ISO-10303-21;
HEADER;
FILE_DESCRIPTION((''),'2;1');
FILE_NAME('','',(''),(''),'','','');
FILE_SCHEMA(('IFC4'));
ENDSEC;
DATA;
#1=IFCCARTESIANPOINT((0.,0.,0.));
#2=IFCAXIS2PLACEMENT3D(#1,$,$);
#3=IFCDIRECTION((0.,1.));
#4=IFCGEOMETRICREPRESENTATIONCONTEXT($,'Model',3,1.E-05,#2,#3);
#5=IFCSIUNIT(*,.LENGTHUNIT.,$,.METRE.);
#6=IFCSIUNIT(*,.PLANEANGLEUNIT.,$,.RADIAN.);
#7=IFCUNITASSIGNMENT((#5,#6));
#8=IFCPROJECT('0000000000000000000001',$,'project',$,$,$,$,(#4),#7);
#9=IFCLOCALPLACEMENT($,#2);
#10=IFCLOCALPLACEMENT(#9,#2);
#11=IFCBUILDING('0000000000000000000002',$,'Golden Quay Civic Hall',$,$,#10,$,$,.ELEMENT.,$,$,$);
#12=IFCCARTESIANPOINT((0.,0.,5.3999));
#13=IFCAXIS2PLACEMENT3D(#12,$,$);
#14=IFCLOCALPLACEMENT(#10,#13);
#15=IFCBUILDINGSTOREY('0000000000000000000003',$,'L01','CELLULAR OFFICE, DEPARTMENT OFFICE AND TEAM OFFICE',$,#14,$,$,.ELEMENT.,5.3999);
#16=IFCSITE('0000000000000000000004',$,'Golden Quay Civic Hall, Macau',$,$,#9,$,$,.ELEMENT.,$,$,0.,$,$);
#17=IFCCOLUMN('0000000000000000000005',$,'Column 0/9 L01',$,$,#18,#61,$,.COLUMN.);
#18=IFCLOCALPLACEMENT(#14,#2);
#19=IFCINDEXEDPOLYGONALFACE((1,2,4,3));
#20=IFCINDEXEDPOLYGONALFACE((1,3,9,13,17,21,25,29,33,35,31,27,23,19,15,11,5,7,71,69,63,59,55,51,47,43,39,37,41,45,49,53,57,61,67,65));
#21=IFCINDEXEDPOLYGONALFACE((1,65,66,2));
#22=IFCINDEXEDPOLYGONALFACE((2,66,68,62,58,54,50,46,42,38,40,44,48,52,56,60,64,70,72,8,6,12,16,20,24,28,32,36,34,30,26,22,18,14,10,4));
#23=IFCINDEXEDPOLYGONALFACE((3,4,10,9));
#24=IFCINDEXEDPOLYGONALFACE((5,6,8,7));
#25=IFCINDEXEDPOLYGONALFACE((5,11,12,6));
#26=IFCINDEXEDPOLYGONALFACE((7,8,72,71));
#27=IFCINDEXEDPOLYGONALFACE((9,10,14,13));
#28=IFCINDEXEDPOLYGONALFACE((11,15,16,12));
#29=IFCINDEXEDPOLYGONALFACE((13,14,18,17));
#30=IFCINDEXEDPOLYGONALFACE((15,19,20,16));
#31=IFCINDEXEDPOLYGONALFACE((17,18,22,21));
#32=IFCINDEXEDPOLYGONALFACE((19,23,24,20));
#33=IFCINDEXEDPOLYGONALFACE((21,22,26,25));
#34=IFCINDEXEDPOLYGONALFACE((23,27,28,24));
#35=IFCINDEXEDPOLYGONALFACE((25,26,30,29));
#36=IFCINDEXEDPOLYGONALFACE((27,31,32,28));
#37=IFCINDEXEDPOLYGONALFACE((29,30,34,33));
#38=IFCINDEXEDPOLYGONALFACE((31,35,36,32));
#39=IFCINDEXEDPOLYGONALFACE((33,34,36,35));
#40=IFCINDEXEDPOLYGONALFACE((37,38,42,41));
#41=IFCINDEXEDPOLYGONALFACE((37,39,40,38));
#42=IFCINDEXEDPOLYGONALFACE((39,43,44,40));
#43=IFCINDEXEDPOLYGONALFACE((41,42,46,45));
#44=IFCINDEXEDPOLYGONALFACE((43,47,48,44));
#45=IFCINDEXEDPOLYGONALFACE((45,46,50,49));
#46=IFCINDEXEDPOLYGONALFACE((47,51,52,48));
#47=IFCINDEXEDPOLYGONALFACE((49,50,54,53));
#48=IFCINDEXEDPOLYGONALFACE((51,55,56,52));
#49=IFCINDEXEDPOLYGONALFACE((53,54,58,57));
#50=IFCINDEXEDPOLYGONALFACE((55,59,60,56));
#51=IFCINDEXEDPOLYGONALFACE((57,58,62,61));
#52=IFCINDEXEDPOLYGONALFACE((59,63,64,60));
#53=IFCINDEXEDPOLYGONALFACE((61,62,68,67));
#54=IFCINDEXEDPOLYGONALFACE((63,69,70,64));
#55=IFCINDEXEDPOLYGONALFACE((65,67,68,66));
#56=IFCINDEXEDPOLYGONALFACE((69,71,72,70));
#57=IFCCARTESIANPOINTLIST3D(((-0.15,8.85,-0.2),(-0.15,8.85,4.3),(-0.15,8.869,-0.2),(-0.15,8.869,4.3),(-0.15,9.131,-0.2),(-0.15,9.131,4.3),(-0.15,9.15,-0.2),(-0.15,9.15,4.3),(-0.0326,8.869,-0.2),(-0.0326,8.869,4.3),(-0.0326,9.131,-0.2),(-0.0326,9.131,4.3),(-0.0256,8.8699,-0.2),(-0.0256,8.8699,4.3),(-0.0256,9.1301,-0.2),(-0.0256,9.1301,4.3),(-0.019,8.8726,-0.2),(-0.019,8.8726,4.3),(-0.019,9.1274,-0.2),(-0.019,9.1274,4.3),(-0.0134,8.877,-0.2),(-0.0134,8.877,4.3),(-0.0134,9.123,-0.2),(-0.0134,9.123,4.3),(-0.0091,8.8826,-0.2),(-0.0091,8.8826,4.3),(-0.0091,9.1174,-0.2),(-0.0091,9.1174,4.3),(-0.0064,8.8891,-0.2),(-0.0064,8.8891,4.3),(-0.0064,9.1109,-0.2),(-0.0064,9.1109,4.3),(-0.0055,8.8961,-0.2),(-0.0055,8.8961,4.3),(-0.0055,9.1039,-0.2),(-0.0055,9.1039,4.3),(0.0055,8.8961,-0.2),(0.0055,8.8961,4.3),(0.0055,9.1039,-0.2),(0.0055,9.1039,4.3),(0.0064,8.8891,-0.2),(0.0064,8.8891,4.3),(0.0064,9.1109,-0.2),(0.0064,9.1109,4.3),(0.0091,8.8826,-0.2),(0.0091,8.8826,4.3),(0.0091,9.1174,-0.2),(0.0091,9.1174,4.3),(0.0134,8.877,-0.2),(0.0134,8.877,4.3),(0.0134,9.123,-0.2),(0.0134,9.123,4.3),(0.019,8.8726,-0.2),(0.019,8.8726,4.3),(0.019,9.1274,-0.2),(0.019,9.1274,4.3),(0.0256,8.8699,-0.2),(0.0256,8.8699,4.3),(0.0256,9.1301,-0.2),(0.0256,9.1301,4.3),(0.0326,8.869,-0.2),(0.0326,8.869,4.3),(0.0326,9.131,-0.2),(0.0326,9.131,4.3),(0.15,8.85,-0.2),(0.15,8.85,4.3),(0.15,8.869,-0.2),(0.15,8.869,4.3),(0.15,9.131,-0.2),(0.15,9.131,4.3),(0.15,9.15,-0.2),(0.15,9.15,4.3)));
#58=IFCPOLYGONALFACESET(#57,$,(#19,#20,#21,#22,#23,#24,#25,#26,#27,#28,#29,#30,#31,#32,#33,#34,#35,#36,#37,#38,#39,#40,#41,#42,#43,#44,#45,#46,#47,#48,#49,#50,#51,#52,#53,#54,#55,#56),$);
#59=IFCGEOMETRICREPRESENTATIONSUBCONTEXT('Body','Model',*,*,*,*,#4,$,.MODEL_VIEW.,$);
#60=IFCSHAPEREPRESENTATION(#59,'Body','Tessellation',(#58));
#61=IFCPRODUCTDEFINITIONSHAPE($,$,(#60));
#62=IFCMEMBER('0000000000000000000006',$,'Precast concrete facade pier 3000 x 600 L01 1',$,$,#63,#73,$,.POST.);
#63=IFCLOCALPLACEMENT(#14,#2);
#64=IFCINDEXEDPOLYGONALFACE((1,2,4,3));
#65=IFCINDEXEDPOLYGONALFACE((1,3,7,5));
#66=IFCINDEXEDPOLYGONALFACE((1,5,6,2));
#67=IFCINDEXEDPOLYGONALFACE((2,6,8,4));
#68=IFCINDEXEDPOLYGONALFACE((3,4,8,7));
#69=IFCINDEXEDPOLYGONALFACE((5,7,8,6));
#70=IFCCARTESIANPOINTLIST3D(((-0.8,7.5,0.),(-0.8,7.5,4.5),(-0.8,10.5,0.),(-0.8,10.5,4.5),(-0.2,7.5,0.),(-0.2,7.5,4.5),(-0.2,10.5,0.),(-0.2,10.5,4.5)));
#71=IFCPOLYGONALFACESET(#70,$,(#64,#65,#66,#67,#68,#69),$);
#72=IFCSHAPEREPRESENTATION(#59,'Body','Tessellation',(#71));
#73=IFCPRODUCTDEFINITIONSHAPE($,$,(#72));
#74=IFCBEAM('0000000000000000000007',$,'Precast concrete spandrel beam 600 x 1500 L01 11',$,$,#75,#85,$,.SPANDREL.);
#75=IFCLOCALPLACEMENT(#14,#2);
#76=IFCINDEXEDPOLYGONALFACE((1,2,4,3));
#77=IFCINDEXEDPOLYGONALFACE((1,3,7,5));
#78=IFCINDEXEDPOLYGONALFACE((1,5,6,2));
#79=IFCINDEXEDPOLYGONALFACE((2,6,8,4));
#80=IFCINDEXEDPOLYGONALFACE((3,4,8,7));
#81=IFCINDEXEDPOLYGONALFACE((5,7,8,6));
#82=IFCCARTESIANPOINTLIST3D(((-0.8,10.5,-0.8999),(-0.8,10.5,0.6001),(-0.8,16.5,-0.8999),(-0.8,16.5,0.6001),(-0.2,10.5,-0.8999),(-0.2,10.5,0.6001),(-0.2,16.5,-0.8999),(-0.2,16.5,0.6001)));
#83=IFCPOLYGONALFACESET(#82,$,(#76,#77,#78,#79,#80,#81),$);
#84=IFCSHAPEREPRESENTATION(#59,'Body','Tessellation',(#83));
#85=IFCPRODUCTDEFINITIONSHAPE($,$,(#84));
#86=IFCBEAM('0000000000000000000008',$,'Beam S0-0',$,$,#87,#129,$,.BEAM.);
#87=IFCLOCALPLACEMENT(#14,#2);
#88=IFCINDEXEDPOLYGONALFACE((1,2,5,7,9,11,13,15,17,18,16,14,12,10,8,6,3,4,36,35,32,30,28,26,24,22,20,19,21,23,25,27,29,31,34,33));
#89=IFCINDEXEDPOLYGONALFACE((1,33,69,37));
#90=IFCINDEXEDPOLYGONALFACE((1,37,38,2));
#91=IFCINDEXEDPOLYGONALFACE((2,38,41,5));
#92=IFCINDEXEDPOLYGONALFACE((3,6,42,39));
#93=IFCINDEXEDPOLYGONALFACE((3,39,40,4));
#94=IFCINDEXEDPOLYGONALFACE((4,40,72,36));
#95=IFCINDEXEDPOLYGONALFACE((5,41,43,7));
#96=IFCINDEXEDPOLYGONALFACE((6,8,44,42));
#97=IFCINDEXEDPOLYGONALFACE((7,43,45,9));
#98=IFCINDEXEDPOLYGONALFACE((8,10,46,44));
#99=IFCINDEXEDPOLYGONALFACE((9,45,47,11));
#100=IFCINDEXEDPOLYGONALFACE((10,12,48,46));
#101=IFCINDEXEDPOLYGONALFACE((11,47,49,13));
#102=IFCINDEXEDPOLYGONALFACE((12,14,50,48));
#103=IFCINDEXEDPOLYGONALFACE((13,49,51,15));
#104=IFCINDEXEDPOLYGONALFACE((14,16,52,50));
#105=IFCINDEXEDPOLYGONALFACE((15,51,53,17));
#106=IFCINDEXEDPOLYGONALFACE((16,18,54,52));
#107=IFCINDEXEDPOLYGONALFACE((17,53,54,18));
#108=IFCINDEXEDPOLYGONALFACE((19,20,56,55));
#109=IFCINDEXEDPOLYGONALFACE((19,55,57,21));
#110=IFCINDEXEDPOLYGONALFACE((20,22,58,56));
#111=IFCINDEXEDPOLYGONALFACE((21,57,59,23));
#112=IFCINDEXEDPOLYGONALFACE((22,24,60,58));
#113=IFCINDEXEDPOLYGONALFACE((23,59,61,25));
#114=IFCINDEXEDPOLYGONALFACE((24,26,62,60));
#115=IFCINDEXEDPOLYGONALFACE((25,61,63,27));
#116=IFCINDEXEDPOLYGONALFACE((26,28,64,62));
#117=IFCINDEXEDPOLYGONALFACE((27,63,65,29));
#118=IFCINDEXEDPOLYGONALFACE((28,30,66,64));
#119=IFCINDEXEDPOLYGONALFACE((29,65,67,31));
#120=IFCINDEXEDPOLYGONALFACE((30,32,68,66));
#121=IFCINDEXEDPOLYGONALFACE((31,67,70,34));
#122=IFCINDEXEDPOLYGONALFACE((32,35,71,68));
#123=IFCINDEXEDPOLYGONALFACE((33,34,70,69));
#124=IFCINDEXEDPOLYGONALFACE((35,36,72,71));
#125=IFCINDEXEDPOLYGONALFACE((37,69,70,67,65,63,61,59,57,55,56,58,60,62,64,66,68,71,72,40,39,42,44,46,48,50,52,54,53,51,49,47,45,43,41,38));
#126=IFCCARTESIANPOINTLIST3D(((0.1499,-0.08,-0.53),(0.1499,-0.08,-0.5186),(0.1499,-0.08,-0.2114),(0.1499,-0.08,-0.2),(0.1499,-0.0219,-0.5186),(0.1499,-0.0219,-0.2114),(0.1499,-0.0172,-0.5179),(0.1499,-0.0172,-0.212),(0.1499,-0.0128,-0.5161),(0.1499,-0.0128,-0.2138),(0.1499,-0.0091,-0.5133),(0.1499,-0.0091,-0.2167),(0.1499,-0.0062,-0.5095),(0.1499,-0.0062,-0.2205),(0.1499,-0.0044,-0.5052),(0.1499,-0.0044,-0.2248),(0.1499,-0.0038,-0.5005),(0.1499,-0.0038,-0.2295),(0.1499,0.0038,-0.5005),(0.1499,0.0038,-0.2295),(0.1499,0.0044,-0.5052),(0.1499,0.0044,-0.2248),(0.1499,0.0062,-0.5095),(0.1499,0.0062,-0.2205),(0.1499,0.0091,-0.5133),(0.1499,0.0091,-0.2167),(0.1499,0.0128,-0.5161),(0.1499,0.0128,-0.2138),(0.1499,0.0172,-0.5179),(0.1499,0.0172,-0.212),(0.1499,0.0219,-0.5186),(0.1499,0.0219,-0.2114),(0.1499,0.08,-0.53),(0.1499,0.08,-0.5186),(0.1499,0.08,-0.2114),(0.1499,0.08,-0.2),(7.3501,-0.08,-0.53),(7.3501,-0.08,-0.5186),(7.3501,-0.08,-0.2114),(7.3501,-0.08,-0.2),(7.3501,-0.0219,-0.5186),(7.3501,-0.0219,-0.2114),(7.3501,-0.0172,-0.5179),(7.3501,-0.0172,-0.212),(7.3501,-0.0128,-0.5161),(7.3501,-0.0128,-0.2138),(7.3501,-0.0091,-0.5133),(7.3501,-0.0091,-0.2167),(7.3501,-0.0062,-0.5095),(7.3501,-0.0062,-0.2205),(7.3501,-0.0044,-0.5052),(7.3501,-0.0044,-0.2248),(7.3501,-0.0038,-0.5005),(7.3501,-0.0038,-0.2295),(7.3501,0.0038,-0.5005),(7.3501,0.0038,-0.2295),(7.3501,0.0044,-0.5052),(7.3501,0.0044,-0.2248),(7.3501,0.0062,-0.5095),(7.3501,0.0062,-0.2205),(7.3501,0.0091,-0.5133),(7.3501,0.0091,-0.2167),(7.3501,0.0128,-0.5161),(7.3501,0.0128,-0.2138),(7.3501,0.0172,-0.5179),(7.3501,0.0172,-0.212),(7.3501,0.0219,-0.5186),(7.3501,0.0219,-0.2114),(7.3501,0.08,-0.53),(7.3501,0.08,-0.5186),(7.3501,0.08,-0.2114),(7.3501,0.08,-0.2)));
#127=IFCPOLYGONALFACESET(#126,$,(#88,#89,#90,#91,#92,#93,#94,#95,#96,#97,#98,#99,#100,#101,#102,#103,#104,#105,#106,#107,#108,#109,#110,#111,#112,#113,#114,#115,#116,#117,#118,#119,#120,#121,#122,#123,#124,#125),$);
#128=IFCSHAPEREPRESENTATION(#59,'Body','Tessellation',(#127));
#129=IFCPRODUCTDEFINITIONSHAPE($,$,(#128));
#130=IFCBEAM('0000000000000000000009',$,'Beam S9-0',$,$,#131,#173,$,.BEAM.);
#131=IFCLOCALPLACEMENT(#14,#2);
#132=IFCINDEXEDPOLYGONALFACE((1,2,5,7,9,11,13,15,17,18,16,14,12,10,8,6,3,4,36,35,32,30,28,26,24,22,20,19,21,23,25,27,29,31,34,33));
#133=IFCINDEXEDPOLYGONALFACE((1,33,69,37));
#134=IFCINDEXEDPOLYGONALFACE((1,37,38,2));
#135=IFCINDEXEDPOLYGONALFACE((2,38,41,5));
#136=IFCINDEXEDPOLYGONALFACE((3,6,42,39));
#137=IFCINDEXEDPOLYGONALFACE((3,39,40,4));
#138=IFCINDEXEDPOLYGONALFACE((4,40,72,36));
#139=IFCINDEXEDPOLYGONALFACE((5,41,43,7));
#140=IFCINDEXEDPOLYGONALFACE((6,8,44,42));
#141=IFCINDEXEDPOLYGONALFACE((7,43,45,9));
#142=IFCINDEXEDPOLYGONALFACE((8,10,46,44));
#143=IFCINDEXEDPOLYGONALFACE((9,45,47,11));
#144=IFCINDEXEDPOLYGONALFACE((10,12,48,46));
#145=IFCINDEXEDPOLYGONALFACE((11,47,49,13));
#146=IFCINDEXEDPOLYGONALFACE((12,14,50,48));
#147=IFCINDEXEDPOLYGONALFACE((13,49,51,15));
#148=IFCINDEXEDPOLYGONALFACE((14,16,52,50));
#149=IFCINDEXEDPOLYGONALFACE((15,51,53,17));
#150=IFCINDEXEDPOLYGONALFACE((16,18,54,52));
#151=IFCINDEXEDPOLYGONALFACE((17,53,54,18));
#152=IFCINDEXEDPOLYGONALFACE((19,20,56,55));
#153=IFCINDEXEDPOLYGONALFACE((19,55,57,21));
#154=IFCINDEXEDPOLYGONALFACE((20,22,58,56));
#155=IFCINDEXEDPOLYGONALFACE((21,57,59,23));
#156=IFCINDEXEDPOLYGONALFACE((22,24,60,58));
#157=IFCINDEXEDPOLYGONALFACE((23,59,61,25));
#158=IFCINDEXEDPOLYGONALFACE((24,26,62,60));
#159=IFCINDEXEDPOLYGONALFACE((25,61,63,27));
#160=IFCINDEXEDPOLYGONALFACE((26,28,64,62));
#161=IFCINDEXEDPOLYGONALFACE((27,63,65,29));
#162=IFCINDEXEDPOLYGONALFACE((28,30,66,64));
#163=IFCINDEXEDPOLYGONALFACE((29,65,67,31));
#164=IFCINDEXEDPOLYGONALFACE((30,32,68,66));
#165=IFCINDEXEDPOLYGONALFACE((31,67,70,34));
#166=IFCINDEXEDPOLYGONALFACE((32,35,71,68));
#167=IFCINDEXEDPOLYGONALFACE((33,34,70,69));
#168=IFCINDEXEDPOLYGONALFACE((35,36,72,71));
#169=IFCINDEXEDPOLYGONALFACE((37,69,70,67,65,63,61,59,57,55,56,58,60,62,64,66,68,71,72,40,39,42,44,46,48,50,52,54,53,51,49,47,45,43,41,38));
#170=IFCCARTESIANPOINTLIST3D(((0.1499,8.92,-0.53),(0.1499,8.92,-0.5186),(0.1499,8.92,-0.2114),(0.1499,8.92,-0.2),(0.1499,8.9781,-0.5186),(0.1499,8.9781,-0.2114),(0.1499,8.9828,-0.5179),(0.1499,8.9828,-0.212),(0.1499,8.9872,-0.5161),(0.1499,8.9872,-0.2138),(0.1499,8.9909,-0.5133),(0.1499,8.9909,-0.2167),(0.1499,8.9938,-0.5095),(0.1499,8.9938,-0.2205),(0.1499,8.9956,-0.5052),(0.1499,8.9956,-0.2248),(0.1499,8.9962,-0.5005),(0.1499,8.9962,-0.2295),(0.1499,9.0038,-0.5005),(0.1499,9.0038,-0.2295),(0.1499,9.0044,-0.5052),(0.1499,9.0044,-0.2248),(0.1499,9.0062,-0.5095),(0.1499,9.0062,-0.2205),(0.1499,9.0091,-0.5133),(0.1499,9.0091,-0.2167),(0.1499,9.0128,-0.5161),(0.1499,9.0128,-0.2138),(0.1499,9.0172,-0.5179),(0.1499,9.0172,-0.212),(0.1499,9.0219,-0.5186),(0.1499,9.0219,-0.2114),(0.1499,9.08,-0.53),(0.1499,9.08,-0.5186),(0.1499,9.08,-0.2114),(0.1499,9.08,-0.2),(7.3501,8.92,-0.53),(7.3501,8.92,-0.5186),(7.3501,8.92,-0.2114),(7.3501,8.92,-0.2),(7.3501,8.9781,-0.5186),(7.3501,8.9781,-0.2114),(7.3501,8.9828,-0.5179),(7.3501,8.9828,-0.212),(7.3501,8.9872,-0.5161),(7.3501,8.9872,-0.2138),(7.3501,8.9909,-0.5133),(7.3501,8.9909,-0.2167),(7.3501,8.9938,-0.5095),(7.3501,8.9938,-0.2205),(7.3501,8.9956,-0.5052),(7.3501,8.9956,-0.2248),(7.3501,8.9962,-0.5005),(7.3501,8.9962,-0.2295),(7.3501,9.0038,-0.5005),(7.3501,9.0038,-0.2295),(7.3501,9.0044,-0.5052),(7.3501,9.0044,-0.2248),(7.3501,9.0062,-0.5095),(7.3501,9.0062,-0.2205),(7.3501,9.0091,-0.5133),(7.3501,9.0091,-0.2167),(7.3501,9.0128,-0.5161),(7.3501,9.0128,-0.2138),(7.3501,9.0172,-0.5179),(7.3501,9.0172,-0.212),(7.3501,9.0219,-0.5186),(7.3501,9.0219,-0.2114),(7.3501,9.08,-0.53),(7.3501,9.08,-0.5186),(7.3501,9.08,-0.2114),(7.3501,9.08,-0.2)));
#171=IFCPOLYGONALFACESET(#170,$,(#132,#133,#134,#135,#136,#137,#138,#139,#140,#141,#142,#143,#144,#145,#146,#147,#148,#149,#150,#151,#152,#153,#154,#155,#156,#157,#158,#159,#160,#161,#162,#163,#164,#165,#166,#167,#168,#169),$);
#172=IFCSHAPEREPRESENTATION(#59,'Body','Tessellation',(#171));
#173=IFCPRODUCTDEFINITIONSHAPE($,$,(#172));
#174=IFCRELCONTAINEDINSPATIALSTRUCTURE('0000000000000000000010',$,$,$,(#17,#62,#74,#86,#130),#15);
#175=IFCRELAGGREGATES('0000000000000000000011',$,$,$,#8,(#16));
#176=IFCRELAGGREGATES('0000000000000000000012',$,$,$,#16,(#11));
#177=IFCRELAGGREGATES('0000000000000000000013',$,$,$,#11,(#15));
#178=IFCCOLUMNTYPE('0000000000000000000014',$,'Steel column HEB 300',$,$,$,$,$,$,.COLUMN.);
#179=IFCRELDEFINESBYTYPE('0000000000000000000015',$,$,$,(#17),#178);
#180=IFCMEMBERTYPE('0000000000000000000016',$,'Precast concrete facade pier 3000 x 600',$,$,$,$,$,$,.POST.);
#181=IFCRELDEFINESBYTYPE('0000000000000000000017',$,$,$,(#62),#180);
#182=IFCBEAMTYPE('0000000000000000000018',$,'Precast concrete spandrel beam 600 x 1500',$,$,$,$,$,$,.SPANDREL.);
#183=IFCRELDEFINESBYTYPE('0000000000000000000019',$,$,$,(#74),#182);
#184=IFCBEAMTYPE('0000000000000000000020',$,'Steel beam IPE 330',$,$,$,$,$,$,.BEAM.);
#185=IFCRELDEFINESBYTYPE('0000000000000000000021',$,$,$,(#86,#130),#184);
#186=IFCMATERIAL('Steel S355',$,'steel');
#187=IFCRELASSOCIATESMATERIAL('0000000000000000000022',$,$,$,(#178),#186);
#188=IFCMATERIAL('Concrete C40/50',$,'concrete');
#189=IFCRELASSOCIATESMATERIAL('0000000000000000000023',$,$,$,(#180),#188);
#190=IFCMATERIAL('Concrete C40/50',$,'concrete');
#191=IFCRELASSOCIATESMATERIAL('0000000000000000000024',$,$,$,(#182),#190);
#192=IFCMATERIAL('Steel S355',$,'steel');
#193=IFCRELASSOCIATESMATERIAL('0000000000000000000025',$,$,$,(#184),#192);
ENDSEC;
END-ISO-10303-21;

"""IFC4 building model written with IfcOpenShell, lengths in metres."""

from ifc_helpers import new_model, si_unit, direction, frame, origin, origin_2d, place, context, subcontext, project, spatial, rectangle, i_section, extrude, material, material_profile, profile_set, type_object, element, save


model = new_model("IFC4")

# Units and contexts
model_context = context("Model", 3, precision=1e-05, world=origin(), true_north=direction((0.0, 1.0)))
body_context = subcontext(model_context, "Body", "Model", "MODEL_VIEW")
ifc_project = project(units=[si_unit("LENGTHUNIT", "METRE"), si_unit("PLANEANGLEUNIT", "RADIAN")], contexts=[model_context])

# Site, building, storey
site_placement = place(None, origin())
site = spatial("IfcSite", under=ifc_project, at=site_placement, Name="Golden Quay Civic Hall, Macau", CompositionType="ELEMENT", RefElevation=0.0)
building_placement = place(site_placement, origin())
building = spatial("IfcBuilding", under=site, at=building_placement, Name="Golden Quay Civic Hall", CompositionType="ELEMENT")
storey_placement = place(building_placement, frame((0.0, 0.0, 5.3999)))
storey = spatial("IfcBuildingStorey", under=building, at=storey_placement, Name="L01", Description="CELLULAR OFFICE, DEPARTMENT OFFICE AND TEAM OFFICE", CompositionType="ELEMENT", Elevation=5.3999)

# Column
ifc_material_1 = material(Name="Steel S355", Category="steel")
ifc_material_profile_1 = material_profile(ifc_material_1, i_section(OverallWidth=0.3, OverallDepth=0.3, WebThickness=0.011, FlangeThickness=0.019, FilletRadius=0.0271, at=origin_2d()), Name="HEB 300")
ifc_profile_set_1 = profile_set([ifc_material_profile_1], Name="Steel S355")
column_type = type_object("IfcColumnType", Name="Steel column HEB 300", PredefinedType="COLUMN", material=ifc_profile_set_1)
column_placement = place(storey_placement, frame((0.0, 9.0, -0.2), z_axis=(0.0, 0.0, 1.0), x_axis=(1.0, 0.0, 0.0)))
element("IfcColumn", 1, at=column_placement, inside=storey, type_object=column_type, Name="Column 0/9 L01", PredefinedType="COLUMN", context=body_context, shape_type="SweptSolid", body=[
    extrude(i_section(OverallWidth=0.3, OverallDepth=0.3, WebThickness=0.011, FlangeThickness=0.019, FilletRadius=0.0271, at=origin_2d()), origin(), (0.0, 0.0, 1.0), 4.5),
])

# Member
ifc_material_2 = material(Name="Concrete C40/50", Category="concrete")
ifc_material_profile_2 = material_profile(ifc_material_2, rectangle(XDim=3.0, YDim=0.6001, at=origin_2d()), Name="RC 3000x600")
ifc_profile_set_2 = profile_set([ifc_material_profile_2], Name="Concrete C40/50")
member_type = type_object("IfcMemberType", Name="Precast concrete facade pier 3000 x 600", PredefinedType="POST", material=ifc_profile_set_2)
member_placement = place(storey_placement, frame((-0.5, 9.0, 0.0), z_axis=(0.0, 0.0, 1.0), x_axis=(0.0, 1.0, 0.0)))
element("IfcMember", 2, at=member_placement, inside=storey, type_object=member_type, Name="Precast concrete facade pier 3000 x 600 L01 1", PredefinedType="POST", context=body_context, shape_type="SweptSolid", body=[
    extrude(rectangle(XDim=3.0, YDim=0.6001, at=origin_2d()), origin(), (0.0, 0.0, 1.0), 4.5),
])

# Beams
ifc_material_3 = material(Name="Concrete C40/50", Category="concrete")
ifc_material_profile_3 = material_profile(ifc_material_3, rectangle(XDim=0.6001, YDim=1.5, at=origin_2d()), Name="RC 600x1500")
ifc_profile_set_3 = profile_set([ifc_material_profile_3], Name="Concrete C40/50")
beam_type_1 = type_object("IfcBeamType", Name="Precast concrete spandrel beam 600 x 1500", PredefinedType="SPANDREL", material=ifc_profile_set_3)
beam_placement = place(storey_placement, frame((-0.5, 10.5, -0.1499), z_axis=(0.0, 1.0, 0.0), x_axis=(-1.0, 0.0, 0.0)))
element("IfcBeam", 3, at=beam_placement, inside=storey, type_object=beam_type_1, Name="Precast concrete spandrel beam 600 x 1500 L01 11", PredefinedType="SPANDREL", context=body_context, shape_type="SweptSolid", body=[
    extrude(rectangle(XDim=0.6001, YDim=1.5, at=origin_2d()), origin(), (0.0, 0.0, 1.0), 6.0),
])
ifc_material_4 = material(Name="Steel S355", Category="steel")
ifc_material_profile_4 = material_profile(ifc_material_4, i_section(OverallWidth=0.1599, OverallDepth=0.3301, WebThickness=0.0076, FlangeThickness=0.0115, FilletRadius=0.0181, at=origin_2d()), Name="IPE 330")
ifc_profile_set_4 = profile_set([ifc_material_profile_4], Name="Steel S355")
beam_type_2 = type_object("IfcBeamType", Name="Steel beam IPE 330", PredefinedType="BEAM", material=ifc_profile_set_4)
for number, where, z_axis, x_axis, name in (
    (4, (0.1499, 0.0, -0.365), (1.0, 0.0, 0.0), (0.0, 1.0, 0.0), "Beam S0-0"),
    (5, (0.1499, 9.0, -0.365), (1.0, 0.0, 0.0), (0.0, 1.0, 0.0), "Beam S9-0"),
):
    element("IfcBeam", number, at=place(storey_placement, frame(where, z_axis=z_axis, x_axis=x_axis)), inside=storey, type_object=beam_type_2, Name=name, PredefinedType="BEAM", context=body_context, shape_type="SweptSolid", body=[
        extrude(i_section(OverallWidth=0.1599, OverallDepth=0.3301, WebThickness=0.0076, FlangeThickness=0.0115, FilletRadius=0.0181, at=origin_2d()), origin(), (0.0, 0.0, 1.0), 7.2002),
    ])

save(model, "model.ifc")
